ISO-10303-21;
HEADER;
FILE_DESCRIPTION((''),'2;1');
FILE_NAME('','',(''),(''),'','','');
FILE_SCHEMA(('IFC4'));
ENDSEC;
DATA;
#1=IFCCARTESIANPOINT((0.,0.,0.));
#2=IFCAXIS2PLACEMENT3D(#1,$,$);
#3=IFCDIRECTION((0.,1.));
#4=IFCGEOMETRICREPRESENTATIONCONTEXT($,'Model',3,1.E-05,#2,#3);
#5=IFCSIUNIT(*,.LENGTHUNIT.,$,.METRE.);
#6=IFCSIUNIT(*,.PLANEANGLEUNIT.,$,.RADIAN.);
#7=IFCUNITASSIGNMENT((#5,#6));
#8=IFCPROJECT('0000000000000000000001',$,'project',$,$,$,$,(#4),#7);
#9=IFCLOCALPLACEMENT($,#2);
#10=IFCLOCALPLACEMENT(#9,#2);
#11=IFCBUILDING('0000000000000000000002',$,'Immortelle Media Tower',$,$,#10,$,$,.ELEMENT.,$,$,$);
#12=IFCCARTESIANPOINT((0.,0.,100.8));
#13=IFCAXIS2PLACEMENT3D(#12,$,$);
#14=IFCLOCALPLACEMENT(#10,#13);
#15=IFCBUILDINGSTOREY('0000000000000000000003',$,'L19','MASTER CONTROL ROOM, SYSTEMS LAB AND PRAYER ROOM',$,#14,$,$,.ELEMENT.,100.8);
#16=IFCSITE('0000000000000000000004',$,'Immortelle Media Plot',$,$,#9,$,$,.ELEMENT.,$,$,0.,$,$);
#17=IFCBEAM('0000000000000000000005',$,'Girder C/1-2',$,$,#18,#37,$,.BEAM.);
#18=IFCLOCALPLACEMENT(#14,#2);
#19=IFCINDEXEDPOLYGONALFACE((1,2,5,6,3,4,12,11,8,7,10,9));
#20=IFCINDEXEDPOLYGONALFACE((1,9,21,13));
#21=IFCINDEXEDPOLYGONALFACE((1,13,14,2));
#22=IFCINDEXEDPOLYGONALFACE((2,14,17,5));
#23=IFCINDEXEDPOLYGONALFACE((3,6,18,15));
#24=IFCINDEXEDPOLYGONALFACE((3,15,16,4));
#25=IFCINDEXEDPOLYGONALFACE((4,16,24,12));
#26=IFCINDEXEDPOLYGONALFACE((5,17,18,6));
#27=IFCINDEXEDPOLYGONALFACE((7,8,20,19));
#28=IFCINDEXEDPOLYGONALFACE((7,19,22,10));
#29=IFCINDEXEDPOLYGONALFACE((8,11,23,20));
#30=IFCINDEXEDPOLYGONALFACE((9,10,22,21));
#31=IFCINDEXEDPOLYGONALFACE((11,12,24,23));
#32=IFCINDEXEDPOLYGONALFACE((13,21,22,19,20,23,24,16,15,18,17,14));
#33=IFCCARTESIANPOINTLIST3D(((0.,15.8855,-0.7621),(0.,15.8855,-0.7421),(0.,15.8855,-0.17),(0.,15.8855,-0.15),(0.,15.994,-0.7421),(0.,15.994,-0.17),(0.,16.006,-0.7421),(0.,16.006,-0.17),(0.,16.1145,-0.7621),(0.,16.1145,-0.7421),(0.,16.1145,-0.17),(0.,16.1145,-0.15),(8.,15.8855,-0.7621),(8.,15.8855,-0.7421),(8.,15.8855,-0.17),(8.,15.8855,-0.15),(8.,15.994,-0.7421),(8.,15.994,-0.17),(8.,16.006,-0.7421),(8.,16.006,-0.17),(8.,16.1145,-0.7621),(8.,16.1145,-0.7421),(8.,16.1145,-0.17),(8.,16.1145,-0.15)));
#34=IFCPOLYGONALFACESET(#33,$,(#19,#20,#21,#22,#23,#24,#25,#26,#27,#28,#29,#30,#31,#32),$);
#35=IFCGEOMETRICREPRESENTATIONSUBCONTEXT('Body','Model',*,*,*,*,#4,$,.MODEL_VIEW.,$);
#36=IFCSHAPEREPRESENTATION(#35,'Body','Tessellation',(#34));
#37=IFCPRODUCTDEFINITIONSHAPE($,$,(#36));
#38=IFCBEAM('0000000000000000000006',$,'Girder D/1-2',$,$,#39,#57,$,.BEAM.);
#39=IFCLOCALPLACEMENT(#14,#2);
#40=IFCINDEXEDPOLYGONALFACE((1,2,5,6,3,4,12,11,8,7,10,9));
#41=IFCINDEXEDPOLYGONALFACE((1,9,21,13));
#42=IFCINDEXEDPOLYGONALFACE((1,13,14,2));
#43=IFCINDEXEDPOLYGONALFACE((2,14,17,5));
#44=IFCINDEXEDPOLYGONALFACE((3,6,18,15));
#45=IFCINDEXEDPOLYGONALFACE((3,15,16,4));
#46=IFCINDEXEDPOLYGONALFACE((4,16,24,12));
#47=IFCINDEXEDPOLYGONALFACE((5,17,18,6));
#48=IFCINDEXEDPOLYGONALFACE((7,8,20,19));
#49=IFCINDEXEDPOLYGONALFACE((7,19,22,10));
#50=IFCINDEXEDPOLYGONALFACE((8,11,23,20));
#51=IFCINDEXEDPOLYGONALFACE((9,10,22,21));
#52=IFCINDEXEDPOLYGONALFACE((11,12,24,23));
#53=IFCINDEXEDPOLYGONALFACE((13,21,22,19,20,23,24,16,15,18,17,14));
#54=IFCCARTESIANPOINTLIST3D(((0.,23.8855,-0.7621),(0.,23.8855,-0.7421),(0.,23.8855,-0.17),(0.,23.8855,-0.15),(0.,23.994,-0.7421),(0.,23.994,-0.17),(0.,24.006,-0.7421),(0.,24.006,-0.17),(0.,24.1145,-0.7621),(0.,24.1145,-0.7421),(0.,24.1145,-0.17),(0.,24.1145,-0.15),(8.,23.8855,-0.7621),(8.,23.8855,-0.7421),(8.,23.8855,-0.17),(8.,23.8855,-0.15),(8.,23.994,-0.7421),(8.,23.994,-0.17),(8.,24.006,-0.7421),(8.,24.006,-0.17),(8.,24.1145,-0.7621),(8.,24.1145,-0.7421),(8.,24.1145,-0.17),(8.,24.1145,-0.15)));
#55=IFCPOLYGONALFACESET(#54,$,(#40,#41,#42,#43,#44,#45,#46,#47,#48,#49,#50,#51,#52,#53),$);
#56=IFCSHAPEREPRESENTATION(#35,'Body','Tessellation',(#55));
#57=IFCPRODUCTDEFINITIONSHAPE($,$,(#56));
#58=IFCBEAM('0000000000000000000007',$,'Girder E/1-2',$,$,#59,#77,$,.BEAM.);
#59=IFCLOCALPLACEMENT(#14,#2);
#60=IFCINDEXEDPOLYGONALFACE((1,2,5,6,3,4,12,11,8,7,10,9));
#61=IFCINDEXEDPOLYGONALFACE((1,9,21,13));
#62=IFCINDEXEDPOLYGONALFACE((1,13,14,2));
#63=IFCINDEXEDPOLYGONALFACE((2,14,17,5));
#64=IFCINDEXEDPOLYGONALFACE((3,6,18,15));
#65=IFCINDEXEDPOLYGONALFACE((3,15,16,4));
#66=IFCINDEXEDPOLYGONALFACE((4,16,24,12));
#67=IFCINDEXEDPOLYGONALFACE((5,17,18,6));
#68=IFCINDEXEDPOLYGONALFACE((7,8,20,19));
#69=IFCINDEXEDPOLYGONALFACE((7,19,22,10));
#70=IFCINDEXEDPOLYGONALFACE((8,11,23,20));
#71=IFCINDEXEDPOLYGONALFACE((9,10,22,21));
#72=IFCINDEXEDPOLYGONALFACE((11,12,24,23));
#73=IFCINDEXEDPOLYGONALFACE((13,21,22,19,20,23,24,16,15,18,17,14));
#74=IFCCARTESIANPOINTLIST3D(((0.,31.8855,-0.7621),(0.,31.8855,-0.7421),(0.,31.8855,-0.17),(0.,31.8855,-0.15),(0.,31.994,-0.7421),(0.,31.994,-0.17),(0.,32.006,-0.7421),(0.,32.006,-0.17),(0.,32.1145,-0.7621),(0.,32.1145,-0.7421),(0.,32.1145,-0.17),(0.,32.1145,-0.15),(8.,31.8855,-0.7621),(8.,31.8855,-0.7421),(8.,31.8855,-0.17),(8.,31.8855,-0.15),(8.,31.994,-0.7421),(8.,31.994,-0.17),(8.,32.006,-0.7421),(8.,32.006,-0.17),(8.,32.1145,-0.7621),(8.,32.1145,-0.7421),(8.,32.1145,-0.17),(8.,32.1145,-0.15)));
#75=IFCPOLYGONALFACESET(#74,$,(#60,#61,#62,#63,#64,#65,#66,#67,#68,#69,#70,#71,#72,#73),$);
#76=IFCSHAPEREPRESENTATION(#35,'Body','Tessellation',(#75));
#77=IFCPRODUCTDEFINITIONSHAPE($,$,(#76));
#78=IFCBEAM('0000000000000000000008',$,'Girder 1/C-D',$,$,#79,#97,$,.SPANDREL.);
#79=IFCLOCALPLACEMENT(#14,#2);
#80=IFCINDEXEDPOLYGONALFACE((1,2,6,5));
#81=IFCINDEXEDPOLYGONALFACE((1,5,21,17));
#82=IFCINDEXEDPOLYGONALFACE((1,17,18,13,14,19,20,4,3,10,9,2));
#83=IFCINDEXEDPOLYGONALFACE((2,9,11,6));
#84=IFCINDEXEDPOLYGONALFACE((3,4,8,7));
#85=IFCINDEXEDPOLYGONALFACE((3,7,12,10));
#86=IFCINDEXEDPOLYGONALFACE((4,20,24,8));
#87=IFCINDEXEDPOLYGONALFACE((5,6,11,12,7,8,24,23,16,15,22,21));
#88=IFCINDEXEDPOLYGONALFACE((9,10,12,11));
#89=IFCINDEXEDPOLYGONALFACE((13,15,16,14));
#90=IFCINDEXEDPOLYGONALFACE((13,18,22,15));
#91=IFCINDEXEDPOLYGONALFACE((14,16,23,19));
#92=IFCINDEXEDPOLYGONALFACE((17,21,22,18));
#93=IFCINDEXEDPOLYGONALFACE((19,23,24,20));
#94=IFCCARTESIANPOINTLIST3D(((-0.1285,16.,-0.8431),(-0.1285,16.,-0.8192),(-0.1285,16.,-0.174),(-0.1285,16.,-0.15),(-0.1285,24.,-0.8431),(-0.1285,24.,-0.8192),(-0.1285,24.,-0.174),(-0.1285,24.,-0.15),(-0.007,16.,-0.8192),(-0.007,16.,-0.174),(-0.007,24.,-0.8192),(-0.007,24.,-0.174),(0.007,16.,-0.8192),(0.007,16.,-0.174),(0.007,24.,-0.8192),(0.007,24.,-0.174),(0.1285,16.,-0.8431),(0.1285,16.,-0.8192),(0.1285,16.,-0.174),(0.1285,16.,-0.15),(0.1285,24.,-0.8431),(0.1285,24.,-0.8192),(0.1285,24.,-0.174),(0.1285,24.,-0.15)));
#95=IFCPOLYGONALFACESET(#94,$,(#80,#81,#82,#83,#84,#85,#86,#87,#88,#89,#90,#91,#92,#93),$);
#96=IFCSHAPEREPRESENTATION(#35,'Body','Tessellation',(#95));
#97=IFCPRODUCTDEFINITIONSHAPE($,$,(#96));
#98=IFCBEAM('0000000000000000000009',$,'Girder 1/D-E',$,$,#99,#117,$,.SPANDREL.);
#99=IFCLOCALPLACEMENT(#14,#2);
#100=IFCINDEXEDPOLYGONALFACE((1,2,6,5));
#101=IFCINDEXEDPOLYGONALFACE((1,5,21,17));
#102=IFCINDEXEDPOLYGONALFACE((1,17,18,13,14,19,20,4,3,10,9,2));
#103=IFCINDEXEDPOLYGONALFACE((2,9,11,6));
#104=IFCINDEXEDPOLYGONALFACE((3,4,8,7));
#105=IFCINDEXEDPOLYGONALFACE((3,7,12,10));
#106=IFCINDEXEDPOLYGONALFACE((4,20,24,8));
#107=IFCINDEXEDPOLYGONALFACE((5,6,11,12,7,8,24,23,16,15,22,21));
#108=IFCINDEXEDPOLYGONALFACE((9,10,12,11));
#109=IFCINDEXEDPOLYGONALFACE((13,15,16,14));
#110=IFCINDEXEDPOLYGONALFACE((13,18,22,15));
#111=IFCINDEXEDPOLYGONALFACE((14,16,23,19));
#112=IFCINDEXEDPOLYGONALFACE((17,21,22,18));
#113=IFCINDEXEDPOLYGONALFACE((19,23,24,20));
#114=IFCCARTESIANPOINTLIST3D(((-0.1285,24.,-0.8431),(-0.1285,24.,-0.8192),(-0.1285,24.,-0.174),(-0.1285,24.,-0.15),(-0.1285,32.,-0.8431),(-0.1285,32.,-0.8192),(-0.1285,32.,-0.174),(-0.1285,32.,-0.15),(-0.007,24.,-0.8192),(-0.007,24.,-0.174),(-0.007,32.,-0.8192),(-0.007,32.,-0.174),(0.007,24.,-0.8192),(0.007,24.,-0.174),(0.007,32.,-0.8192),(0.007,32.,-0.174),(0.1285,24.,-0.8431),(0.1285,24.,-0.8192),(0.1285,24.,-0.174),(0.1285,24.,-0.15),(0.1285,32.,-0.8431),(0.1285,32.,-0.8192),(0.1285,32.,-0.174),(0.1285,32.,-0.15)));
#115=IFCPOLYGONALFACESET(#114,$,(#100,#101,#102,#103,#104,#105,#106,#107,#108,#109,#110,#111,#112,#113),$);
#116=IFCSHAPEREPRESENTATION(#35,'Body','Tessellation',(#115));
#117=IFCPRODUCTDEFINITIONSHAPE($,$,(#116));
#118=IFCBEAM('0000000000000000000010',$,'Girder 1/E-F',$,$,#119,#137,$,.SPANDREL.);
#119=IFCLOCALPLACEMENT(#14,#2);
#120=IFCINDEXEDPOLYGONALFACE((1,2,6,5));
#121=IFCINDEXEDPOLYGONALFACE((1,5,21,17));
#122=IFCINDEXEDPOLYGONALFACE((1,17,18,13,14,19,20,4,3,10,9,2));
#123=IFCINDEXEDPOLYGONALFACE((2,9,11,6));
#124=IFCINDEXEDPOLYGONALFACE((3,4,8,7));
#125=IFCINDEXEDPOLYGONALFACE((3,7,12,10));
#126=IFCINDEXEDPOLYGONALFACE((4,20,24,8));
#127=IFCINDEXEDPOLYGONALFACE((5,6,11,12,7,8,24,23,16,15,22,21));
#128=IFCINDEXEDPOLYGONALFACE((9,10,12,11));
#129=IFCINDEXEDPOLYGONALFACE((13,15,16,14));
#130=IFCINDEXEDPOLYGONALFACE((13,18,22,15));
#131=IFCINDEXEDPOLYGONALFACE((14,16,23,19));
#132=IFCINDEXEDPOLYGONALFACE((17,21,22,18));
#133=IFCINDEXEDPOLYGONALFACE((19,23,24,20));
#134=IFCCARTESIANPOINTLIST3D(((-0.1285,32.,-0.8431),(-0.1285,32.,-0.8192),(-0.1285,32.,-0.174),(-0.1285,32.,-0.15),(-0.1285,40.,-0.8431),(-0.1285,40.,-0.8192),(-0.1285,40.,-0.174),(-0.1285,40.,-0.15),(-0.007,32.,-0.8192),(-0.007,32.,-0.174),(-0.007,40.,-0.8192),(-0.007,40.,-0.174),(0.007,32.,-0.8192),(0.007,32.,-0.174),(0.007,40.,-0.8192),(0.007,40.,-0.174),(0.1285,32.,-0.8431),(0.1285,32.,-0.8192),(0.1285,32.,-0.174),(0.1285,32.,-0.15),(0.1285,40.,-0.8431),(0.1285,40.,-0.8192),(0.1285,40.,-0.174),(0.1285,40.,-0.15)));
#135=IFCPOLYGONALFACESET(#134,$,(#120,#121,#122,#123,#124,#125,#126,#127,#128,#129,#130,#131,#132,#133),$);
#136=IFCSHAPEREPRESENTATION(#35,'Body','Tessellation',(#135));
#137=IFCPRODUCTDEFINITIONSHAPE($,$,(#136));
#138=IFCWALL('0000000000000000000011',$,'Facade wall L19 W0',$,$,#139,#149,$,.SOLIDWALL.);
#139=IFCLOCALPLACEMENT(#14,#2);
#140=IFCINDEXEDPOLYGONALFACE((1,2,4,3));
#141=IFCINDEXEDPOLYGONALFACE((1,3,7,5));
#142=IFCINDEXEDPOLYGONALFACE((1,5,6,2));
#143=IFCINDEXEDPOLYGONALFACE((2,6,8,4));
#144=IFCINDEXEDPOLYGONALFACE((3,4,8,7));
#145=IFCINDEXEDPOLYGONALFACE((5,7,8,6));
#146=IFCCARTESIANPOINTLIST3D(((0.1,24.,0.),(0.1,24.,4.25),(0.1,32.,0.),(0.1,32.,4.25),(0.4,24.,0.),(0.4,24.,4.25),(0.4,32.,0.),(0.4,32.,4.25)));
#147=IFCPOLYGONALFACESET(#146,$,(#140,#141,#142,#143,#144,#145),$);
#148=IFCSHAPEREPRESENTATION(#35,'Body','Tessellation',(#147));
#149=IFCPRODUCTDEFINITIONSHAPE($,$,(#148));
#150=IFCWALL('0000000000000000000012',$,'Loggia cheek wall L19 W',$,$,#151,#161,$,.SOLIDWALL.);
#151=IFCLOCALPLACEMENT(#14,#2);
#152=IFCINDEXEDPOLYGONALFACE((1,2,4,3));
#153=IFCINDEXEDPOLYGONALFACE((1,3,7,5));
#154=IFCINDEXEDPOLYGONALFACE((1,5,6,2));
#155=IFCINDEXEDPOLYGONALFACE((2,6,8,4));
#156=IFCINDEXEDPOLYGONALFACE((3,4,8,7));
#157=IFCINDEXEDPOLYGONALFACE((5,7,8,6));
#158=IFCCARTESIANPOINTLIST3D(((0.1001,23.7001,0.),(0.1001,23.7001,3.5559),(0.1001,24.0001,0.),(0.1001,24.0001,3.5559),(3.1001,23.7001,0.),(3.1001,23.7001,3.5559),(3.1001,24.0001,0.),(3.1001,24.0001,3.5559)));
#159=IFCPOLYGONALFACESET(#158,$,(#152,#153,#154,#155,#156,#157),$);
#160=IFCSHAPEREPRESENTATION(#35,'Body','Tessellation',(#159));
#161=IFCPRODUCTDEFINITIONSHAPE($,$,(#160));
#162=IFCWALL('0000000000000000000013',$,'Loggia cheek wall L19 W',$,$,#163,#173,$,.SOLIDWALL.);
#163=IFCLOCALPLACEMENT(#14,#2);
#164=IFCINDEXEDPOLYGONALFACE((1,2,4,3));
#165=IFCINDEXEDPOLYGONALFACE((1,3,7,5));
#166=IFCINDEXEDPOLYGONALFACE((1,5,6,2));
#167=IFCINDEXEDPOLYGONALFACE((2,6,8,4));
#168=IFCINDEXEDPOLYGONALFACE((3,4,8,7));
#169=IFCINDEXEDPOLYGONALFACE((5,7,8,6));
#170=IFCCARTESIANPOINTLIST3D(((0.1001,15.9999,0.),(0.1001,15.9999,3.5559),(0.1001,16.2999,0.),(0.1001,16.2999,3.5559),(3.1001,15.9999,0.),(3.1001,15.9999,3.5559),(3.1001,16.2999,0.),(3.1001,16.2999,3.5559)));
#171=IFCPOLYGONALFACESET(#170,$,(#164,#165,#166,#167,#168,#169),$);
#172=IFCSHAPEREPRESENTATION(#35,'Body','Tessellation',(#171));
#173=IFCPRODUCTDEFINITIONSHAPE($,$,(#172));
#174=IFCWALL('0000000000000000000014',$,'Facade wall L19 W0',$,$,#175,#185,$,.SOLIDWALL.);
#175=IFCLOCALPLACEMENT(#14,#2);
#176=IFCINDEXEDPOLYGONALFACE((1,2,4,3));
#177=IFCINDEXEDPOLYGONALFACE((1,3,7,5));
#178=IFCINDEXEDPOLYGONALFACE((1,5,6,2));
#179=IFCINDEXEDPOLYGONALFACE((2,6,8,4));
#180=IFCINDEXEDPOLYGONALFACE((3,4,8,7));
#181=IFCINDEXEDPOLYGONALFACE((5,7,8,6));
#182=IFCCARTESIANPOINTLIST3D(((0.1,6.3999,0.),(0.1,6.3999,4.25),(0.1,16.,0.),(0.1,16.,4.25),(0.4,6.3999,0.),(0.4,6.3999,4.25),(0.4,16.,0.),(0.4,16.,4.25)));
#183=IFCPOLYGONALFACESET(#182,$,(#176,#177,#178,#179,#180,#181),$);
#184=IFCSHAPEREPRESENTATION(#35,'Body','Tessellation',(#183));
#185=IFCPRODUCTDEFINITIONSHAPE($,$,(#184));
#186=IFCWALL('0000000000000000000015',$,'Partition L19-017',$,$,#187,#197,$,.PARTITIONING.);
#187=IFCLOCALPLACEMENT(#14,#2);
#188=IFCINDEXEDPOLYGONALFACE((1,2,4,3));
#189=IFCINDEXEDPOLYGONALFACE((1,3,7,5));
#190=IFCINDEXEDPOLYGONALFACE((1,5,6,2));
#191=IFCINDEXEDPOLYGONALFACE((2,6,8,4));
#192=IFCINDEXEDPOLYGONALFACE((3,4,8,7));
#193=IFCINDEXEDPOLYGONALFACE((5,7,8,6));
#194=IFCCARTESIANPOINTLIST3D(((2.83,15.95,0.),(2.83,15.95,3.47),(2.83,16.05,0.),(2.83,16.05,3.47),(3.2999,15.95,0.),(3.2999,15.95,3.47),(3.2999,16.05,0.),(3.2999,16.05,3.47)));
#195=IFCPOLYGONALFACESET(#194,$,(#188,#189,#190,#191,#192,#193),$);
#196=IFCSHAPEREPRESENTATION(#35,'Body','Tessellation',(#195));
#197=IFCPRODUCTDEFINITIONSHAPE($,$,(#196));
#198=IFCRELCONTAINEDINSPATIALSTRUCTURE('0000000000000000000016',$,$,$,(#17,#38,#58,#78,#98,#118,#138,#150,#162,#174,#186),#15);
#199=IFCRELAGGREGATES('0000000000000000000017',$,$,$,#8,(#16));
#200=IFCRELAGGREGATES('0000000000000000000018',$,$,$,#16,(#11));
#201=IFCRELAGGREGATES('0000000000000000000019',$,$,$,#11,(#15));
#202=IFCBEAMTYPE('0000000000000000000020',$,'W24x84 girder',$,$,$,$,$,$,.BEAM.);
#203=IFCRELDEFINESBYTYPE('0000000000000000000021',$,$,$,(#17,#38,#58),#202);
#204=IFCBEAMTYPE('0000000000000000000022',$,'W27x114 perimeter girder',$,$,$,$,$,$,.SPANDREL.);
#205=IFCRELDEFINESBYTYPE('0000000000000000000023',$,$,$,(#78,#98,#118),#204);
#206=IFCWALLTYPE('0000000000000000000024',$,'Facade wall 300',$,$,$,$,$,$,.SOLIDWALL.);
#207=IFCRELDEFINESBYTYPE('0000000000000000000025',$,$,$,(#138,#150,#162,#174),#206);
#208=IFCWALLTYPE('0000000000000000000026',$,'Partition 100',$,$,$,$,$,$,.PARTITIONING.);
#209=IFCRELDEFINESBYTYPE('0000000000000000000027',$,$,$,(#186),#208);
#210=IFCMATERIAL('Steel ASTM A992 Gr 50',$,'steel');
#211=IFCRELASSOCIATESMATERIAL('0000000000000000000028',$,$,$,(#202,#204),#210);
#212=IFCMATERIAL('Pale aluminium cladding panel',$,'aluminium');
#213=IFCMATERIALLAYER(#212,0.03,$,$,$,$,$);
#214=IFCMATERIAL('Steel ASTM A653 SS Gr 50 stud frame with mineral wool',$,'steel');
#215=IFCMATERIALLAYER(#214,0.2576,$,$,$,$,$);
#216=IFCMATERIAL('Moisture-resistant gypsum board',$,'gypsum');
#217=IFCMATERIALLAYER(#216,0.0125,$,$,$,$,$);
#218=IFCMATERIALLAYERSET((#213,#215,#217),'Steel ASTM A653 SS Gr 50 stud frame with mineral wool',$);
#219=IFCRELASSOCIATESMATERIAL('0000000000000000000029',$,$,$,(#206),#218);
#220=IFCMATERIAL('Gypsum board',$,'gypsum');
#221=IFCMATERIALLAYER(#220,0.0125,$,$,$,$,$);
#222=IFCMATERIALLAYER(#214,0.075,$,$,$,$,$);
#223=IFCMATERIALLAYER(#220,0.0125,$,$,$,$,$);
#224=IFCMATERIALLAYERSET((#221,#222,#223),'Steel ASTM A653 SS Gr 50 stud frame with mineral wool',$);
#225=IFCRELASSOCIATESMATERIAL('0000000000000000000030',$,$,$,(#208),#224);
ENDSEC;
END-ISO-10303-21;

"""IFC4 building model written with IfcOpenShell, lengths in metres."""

from ifc_helpers import new_model, si_unit, direction, frame, frame_2d, origin, origin_2d, place, context, subcontext, project, spatial, rectangle, i_section, extrude, material, layer, layer_set, material_profile, profile_set, type_object, element, save


model = new_model("IFC4")

# Units and contexts
model_context = context("Model", 3, precision=1e-05, world=origin(), true_north=direction((0.0, 1.0)))
body_context = subcontext(model_context, "Body", "Model", "MODEL_VIEW")
ifc_project = project(units=[si_unit("LENGTHUNIT", "METRE"), si_unit("PLANEANGLEUNIT", "RADIAN")], contexts=[model_context])

# Site, building, storey
site_placement = place(None, origin())
site = spatial("IfcSite", under=ifc_project, at=site_placement, Name="Immortelle Media Plot", CompositionType="ELEMENT", RefElevation=0.0)
building_placement = place(site_placement, origin())
building = spatial("IfcBuilding", under=site, at=building_placement, Name="Immortelle Media Tower", CompositionType="ELEMENT")
storey_placement = place(building_placement, frame((0.0, 0.0, 100.8)))
storey = spatial("IfcBuildingStorey", under=building, at=storey_placement, Name="L19", Description="MASTER CONTROL ROOM, SYSTEMS LAB AND PRAYER ROOM", CompositionType="ELEMENT", Elevation=100.8)

# Shared definitions
ifc_material_1 = material(Name="Steel ASTM A992 Gr 50", Category="steel")

# Beams
ifc_material_profile_1 = material_profile(ifc_material_1, i_section(OverallWidth=0.229, OverallDepth=0.6121, WebThickness=0.012, FlangeThickness=0.02, at=origin_2d()), Name="W24x84")
ifc_profile_set_1 = profile_set([ifc_material_profile_1], Name="Steel ASTM A992 Gr 50")
beam_type_1 = type_object("IfcBeamType", Name="W24x84 girder", PredefinedType="BEAM", material=ifc_profile_set_1)
for number, where, z_axis, x_axis, name in (
    (1, (0.0, 16.0, -0.4561), (1.0, 0.0, 0.0), (0.0, 1.0, 0.0), "Girder C/1-2"),
    (2, (0.0, 24.0, -0.4561), (1.0, 0.0, 0.0), (0.0, 1.0, 0.0), "Girder D/1-2"),
    (3, (0.0, 32.0, -0.4561), (1.0, 0.0, 0.0), (0.0, 1.0, 0.0), "Girder E/1-2"),
):
    element("IfcBeam", number, at=place(storey_placement, frame(where, z_axis=z_axis, x_axis=x_axis)), inside=storey, type_object=beam_type_1, Name=name, PredefinedType="BEAM", context=body_context, shape_type="SweptSolid", body=[
        extrude(i_section(OverallWidth=0.229, OverallDepth=0.6121, WebThickness=0.012, FlangeThickness=0.02, at=origin_2d()), origin(), (0.0, 0.0, 1.0), 8.0),
    ])
ifc_material_profile_2 = material_profile(ifc_material_1, i_section(OverallWidth=0.2571, OverallDepth=0.6931, WebThickness=0.0139, FlangeThickness=0.0239, at=origin_2d()), Name="W27x114")
ifc_profile_set_2 = profile_set([ifc_material_profile_2], Name="Steel ASTM A992 Gr 50")
beam_type_2 = type_object("IfcBeamType", Name="W27x114 perimeter girder", PredefinedType="SPANDREL", material=ifc_profile_set_2)
for number, where, z_axis, x_axis, name in (
    (4, (0.0, 16.0, -0.4966), (0.0, 1.0, 0.0), (-1.0, 0.0, 0.0), "Girder 1/C-D"),
    (5, (0.0, 24.0, -0.4966), (0.0, 1.0, 0.0), (-1.0, 0.0, 0.0), "Girder 1/D-E"),
    (6, (0.0, 32.0, -0.4966), (0.0, 1.0, 0.0), (-1.0, 0.0, 0.0), "Girder 1/E-F"),
):
    element("IfcBeam", number, at=place(storey_placement, frame(where, z_axis=z_axis, x_axis=x_axis)), inside=storey, type_object=beam_type_2, Name=name, PredefinedType="SPANDREL", context=body_context, shape_type="SweptSolid", body=[
        extrude(i_section(OverallWidth=0.2571, OverallDepth=0.6931, WebThickness=0.0139, FlangeThickness=0.0239, at=origin_2d()), origin(), (0.0, 0.0, 1.0), 8.0),
    ])

# Walls
ifc_material_2 = material(Name="Pale aluminium cladding panel", Category="aluminium")
ifc_layer_1 = layer(ifc_material_2, 0.03)
ifc_material_3 = material(Name="Steel ASTM A653 SS Gr 50 stud frame with mineral wool", Category="steel")
ifc_layer_2 = layer(ifc_material_3, 0.2576)
ifc_material_4 = material(Name="Moisture-resistant gypsum board", Category="gypsum")
ifc_layer_3 = layer(ifc_material_4, 0.0125)
ifc_layer_set_1 = layer_set([ifc_layer_1, ifc_layer_2, ifc_layer_3], Name="Steel ASTM A653 SS Gr 50 stud frame with mineral wool")
wall_type_1 = type_object("IfcWallType", Name="Facade wall 300", PredefinedType="SOLIDWALL", material=ifc_layer_set_1)
wall_1_placement = place(storey_placement, frame((0.25, 32.0, 0.0), z_axis=(0.0, 0.0, 1.0), x_axis=(0.0, -1.0, 0.0)))
element("IfcWall", 7, at=wall_1_placement, inside=storey, type_object=wall_type_1, Name="Facade wall L19 W0", PredefinedType="SOLIDWALL", context=body_context, shape_type="SweptSolid", body=[
    extrude(rectangle(XDim=8.0, YDim=0.3, at=frame_2d((4.0, 0.0))), origin(), (0.0, 0.0, 1.0), 4.25),
])
for number, where, z_axis, x_axis, name in (
    (8, (0.1001, 23.8501, 0.0), (0.0, 0.0, 1.0), (1.0, 0.0, 0.0), "Loggia cheek wall L19 W"),
    (9, (0.1001, 16.1499, 0.0), (0.0, 0.0, 1.0), (1.0, 0.0, 0.0), "Loggia cheek wall L19 W"),
):
    element("IfcWall", number, at=place(storey_placement, frame(where, z_axis=z_axis, x_axis=x_axis)), inside=storey, type_object=wall_type_1, Name=name, PredefinedType="SOLIDWALL", context=body_context, shape_type="SweptSolid", body=[
        extrude(rectangle(XDim=3.0, YDim=0.3, at=frame_2d((1.5, 0.0))), origin(), (0.0, 0.0, 1.0), 3.5559),
    ])
wall_2_placement = place(storey_placement, frame((0.25, 16.0, 0.0), z_axis=(0.0, 0.0, 1.0), x_axis=(0.0, -1.0, 0.0)))
element("IfcWall", 10, at=wall_2_placement, inside=storey, type_object=wall_type_1, Name="Facade wall L19 W0", PredefinedType="SOLIDWALL", context=body_context, shape_type="SweptSolid", body=[
    extrude(rectangle(XDim=9.6001, YDim=0.3, at=frame_2d((4.8, 0.0))), origin(), (0.0, 0.0, 1.0), 4.25),
])
ifc_material_5 = material(Name="Gypsum board", Category="gypsum")
ifc_layer_4 = layer(ifc_material_5, 0.0125)
ifc_layer_5 = layer(ifc_material_3, 0.075)
ifc_layer_6 = layer(ifc_material_5, 0.0125)
ifc_layer_set_2 = layer_set([ifc_layer_4, ifc_layer_5, ifc_layer_6], Name="Steel ASTM A653 SS Gr 50 stud frame with mineral wool")
wall_type_2 = type_object("IfcWallType", Name="Partition 100", PredefinedType="PARTITIONING", material=ifc_layer_set_2)
wall_3_placement = place(storey_placement, frame((2.8301, 16.0, 0.0), z_axis=(0.0, 0.0, 1.0), x_axis=(1.0, 0.0, 0.0)))
element("IfcWall", 11, at=wall_3_placement, inside=storey, type_object=wall_type_2, Name="Partition L19-017", PredefinedType="PARTITIONING", context=body_context, shape_type="SweptSolid", body=[
    extrude(rectangle(XDim=0.47, YDim=0.1001, at=frame_2d((0.2349, 0.0))), origin(), (0.0, 0.0, 1.0), 3.47),
])

save(model, "model.ifc")
